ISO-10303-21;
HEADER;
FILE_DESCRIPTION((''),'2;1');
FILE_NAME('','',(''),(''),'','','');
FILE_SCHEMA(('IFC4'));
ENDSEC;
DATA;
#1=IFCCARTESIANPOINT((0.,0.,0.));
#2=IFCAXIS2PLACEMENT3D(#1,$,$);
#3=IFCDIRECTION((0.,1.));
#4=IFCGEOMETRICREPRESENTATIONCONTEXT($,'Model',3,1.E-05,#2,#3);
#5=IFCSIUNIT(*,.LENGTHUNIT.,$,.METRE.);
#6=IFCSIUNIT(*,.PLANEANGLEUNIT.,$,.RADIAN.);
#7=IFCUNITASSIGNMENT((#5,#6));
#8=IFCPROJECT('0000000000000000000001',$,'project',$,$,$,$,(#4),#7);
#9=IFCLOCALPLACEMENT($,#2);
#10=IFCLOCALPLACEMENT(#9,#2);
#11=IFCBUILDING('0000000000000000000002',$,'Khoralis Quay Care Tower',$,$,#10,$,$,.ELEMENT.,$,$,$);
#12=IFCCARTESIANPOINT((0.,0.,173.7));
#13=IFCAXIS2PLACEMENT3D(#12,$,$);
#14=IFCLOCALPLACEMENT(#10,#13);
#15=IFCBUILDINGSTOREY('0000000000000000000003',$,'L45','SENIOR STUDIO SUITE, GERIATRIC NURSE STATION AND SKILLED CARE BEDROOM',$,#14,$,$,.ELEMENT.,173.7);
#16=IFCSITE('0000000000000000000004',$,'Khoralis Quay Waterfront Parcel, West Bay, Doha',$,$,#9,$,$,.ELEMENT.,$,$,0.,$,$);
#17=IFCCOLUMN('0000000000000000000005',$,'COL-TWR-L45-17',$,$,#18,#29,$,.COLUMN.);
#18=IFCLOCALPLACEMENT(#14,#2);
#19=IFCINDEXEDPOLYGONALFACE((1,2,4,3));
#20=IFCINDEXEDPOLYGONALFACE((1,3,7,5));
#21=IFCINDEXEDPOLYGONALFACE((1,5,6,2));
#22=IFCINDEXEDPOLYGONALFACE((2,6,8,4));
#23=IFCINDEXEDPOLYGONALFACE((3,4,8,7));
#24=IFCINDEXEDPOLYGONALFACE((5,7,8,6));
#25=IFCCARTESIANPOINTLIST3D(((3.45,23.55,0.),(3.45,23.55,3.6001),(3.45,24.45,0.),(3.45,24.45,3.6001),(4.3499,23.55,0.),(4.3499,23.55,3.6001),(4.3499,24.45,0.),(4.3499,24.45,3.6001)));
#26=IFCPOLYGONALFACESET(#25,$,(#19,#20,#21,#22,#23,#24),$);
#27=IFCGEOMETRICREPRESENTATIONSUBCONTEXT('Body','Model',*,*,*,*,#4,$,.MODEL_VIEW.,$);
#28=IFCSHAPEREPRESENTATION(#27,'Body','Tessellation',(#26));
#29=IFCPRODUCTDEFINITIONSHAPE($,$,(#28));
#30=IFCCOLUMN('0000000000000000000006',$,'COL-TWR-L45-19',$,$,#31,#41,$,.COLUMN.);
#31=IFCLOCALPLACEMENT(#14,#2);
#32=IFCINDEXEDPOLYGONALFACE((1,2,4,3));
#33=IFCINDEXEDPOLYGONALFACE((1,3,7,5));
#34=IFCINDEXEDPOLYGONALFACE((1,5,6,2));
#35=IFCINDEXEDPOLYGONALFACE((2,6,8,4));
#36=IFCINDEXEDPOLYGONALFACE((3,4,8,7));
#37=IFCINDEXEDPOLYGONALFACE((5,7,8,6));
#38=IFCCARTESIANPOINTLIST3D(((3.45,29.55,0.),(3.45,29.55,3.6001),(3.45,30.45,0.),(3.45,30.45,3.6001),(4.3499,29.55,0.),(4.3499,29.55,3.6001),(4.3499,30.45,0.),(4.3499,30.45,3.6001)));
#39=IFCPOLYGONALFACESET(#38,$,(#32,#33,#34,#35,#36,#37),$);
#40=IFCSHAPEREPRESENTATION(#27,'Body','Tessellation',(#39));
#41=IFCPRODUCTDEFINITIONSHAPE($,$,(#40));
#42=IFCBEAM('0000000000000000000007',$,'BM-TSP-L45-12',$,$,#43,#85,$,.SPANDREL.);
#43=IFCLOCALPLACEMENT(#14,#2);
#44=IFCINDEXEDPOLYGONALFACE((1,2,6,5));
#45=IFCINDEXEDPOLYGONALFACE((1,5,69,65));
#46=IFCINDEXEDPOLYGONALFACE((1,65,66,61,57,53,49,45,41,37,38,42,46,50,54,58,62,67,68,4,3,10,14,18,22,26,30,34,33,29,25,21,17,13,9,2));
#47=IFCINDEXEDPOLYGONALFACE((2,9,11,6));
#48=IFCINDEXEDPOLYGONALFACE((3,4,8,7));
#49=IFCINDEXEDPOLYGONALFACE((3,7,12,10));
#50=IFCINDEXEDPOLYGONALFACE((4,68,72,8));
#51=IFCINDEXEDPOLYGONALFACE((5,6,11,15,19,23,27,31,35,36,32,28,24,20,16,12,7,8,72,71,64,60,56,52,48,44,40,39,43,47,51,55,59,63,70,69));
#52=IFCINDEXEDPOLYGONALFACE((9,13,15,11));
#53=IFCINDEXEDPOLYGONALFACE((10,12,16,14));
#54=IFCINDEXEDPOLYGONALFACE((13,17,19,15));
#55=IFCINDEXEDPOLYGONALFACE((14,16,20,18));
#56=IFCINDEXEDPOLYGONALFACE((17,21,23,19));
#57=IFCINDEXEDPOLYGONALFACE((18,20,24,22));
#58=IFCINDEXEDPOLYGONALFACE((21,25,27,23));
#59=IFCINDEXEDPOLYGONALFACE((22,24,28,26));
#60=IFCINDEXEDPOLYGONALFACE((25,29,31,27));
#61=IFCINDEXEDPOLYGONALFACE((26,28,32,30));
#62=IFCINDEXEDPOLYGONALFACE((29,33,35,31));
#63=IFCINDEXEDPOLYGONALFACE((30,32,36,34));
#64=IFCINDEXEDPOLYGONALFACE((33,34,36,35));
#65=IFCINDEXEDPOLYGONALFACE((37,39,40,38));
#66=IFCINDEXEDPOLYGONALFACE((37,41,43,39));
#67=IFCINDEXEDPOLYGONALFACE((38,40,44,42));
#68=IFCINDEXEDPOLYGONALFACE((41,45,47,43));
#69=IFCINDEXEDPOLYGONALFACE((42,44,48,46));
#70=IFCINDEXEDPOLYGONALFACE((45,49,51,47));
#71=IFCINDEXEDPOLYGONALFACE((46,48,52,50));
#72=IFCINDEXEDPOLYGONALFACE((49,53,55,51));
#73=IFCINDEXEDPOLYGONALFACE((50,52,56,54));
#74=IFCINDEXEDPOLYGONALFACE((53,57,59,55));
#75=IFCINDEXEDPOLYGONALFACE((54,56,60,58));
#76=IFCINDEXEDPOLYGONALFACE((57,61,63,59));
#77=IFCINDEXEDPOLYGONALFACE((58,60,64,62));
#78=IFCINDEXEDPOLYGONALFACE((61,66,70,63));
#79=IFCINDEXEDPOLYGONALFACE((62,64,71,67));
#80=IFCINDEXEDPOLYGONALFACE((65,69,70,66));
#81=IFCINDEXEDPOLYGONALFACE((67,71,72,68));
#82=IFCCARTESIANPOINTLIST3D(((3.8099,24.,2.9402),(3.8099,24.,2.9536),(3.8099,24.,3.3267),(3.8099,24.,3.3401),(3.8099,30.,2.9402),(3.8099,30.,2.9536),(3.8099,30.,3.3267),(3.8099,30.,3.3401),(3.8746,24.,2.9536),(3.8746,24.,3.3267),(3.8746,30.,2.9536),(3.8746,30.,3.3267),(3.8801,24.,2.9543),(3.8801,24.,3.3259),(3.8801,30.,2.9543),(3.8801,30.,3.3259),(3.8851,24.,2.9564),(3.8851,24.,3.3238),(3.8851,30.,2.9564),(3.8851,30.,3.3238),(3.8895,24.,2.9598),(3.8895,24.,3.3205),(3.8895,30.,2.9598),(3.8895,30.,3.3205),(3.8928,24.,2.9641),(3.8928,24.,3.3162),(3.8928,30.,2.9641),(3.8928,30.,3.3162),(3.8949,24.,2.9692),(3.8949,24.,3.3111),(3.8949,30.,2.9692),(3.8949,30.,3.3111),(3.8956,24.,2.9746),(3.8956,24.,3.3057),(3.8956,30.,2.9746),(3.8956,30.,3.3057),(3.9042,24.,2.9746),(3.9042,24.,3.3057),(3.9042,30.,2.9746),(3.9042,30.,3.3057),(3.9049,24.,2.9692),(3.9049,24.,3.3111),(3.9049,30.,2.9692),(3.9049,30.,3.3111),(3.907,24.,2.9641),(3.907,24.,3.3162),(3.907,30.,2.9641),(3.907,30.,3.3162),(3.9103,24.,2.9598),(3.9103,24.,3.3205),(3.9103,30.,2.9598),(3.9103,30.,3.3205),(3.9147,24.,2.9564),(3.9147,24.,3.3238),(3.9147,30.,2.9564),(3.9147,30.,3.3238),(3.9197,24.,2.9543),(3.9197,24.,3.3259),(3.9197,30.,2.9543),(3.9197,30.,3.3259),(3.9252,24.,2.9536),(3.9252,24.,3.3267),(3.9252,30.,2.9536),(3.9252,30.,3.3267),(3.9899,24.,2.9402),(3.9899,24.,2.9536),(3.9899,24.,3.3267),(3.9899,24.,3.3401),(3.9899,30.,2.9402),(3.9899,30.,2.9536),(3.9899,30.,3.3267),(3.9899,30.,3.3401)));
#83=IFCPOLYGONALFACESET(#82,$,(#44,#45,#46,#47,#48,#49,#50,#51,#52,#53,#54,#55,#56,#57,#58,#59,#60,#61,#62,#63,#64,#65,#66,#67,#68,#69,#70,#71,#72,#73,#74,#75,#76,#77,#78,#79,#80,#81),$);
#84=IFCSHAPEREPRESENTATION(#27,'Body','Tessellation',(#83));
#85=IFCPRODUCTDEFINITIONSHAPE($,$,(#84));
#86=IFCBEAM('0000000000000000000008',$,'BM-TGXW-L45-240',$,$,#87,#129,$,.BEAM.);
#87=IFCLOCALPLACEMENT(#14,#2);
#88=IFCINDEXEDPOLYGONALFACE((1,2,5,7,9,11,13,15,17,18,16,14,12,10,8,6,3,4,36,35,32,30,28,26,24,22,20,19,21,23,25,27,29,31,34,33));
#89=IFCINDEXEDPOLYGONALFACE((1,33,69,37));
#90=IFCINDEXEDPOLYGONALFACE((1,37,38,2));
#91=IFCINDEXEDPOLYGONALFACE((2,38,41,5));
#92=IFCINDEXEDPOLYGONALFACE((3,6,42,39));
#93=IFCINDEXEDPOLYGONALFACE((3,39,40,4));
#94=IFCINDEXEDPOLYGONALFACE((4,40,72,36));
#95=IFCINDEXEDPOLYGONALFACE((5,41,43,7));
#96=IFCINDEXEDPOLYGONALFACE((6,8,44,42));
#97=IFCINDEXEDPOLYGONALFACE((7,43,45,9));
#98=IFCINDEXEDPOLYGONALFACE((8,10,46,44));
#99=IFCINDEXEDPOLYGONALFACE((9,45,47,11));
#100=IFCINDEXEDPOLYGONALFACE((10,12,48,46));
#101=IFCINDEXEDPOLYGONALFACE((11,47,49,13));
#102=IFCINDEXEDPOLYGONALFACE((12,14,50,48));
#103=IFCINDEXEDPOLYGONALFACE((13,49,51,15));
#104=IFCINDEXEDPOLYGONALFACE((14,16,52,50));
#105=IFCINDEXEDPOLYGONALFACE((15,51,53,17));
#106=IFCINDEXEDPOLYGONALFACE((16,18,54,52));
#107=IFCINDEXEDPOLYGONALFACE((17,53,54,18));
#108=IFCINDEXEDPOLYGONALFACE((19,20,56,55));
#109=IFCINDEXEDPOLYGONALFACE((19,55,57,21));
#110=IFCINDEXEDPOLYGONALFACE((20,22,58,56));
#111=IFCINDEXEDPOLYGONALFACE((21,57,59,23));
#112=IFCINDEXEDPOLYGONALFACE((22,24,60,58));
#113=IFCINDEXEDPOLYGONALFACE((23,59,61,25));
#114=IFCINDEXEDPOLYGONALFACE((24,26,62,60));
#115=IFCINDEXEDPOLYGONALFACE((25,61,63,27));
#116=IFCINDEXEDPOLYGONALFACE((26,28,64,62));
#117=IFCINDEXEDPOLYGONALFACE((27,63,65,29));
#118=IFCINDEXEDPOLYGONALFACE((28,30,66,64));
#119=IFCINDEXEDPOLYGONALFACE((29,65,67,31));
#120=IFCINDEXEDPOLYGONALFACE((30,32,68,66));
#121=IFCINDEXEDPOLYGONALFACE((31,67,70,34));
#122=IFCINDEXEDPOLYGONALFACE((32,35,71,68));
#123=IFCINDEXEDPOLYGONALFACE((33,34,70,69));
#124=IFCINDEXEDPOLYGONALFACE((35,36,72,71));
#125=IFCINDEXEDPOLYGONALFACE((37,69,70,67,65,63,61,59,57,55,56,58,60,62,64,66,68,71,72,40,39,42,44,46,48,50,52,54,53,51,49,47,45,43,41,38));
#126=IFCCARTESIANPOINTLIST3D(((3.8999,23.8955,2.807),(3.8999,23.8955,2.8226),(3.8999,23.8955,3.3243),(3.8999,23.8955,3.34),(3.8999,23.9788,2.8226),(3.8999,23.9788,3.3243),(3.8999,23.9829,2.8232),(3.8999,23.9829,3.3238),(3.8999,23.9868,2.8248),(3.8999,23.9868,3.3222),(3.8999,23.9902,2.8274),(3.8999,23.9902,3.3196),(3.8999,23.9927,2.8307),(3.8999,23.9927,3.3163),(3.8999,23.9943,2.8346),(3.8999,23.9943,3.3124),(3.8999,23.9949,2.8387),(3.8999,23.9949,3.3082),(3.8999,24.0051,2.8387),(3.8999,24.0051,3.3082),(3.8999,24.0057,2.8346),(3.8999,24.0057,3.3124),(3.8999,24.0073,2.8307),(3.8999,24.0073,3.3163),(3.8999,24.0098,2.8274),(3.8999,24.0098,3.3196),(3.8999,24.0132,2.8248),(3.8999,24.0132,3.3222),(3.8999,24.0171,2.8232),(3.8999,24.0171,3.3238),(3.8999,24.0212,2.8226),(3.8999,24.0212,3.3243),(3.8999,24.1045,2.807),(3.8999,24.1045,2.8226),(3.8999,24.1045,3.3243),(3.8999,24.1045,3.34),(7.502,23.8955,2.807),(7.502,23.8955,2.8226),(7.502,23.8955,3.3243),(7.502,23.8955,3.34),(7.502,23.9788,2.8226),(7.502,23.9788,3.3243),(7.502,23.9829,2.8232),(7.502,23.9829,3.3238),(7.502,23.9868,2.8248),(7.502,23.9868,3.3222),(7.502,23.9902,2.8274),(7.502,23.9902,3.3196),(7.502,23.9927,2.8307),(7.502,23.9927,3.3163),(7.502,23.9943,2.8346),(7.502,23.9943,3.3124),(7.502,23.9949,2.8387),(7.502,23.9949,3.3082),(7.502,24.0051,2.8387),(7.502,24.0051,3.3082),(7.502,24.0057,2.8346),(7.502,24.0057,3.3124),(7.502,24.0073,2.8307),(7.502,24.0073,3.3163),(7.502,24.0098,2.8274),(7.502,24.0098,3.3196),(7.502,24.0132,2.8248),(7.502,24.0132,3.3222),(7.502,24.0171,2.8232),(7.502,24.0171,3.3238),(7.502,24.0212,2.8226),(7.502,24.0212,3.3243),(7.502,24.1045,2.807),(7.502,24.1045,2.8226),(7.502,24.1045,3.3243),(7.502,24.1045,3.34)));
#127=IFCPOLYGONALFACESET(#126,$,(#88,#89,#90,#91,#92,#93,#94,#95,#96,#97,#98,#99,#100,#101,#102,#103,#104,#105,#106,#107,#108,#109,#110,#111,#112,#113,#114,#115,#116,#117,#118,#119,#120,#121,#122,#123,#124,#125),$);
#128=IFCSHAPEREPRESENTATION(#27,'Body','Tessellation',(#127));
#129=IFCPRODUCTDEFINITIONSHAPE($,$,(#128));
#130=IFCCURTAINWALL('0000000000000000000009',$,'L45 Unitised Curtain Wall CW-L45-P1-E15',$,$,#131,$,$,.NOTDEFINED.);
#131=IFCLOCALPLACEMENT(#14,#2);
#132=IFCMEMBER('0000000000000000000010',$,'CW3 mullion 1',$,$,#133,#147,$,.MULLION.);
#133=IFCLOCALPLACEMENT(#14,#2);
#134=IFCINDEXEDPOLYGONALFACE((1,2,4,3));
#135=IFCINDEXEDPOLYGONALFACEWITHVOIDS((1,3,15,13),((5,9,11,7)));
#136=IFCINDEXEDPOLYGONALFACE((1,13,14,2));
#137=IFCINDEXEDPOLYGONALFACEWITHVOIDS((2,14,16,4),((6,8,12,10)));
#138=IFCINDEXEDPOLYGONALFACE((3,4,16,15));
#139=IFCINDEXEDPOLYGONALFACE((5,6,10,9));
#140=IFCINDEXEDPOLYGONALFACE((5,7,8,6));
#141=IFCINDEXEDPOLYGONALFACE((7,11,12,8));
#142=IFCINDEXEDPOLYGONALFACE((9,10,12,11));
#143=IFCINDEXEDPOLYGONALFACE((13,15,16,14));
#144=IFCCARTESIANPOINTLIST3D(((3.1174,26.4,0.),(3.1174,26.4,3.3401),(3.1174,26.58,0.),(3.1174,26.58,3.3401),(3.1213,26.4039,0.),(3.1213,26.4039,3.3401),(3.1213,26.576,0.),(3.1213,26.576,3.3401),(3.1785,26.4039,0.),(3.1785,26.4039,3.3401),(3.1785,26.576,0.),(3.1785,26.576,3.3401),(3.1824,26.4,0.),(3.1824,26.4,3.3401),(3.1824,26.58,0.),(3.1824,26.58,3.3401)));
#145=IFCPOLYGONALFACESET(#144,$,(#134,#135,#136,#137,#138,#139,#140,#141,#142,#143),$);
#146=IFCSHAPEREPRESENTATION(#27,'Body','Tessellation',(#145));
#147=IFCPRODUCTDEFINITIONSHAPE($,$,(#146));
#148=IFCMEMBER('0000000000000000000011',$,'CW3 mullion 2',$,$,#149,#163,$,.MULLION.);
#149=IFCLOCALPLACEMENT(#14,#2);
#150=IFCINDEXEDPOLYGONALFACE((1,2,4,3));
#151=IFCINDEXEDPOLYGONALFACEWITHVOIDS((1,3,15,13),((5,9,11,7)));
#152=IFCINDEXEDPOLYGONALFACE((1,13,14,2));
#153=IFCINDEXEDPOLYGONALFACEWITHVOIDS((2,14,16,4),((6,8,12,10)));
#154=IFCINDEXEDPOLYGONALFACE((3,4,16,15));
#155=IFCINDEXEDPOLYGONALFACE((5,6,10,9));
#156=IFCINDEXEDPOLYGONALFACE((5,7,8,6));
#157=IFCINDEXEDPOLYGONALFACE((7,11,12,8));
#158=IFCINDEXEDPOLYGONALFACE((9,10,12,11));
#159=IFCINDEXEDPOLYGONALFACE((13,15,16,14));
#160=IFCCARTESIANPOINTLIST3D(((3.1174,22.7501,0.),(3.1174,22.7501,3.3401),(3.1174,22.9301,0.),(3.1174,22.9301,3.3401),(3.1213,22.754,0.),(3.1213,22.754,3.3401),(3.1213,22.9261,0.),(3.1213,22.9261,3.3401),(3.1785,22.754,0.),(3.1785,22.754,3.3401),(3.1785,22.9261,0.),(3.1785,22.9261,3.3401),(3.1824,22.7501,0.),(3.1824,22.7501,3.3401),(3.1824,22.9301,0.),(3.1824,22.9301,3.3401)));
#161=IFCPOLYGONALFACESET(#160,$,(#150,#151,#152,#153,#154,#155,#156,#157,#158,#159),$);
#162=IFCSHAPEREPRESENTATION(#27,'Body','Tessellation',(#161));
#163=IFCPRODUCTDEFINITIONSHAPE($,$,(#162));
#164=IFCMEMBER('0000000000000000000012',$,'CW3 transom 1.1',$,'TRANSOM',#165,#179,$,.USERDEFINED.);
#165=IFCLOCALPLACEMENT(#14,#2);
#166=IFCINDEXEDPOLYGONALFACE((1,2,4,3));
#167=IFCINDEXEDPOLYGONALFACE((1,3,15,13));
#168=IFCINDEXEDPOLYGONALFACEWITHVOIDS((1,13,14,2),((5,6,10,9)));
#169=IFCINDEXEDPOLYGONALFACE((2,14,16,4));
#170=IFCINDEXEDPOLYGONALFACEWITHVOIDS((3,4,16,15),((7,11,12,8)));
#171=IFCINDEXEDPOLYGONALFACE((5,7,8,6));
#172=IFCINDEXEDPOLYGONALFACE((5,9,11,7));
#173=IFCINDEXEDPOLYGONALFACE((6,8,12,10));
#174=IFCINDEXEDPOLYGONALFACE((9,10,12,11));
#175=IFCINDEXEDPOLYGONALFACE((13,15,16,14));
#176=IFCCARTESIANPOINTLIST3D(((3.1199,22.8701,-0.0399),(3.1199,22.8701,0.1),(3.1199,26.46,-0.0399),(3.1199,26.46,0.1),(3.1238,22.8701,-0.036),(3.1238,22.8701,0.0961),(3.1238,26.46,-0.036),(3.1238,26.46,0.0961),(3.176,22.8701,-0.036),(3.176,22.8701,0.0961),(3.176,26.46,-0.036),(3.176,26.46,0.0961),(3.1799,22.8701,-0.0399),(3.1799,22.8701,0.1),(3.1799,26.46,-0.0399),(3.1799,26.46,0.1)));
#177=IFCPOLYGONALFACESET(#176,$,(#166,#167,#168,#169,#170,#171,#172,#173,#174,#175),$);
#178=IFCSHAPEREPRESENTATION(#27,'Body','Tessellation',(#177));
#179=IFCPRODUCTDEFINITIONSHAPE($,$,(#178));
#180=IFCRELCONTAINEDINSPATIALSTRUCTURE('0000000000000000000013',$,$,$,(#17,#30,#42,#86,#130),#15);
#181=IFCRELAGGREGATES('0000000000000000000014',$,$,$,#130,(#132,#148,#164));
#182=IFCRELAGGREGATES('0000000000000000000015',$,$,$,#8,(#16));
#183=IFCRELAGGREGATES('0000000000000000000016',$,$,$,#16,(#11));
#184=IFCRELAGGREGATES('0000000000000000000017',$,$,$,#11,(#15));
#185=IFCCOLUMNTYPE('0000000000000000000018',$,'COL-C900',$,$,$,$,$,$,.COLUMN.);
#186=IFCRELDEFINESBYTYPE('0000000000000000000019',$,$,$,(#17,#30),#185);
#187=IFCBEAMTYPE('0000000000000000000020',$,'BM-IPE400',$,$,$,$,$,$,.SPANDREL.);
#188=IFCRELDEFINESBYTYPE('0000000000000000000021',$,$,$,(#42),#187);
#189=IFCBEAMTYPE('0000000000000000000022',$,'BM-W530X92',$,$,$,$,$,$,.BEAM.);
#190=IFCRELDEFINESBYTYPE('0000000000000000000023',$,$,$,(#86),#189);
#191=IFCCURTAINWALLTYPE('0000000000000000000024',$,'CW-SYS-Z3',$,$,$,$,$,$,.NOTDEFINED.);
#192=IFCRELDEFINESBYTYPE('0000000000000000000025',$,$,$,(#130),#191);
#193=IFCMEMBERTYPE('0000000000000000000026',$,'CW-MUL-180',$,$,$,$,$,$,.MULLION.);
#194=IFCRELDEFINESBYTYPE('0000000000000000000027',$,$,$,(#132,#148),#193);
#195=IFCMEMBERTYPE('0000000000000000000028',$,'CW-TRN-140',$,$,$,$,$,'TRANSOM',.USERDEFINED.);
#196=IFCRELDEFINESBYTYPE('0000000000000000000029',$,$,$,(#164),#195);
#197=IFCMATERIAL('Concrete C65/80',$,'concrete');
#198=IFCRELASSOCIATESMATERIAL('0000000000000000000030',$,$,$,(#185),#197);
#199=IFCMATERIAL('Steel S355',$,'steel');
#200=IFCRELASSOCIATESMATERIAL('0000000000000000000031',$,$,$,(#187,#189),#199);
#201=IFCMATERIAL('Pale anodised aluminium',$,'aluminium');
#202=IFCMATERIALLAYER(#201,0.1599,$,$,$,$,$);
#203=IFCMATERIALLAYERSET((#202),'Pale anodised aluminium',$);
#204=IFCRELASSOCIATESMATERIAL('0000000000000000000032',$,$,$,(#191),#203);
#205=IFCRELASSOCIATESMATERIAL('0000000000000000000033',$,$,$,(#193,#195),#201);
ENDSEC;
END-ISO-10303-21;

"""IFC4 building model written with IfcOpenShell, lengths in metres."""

from ifc_helpers import new_model, si_unit, direction, frame, origin, origin_2d, place, context, subcontext, project, spatial, rectangle, hollow_rectangle, i_section, extrude, source, transform, mapped, material, layer, layer_set, material_profile, profile_set, type_object, element, aggregate, save


model = new_model("IFC4")

# Units and contexts
model_context = context("Model", 3, precision=1e-05, world=origin(), true_north=direction((0.0, 1.0)))
body_context = subcontext(model_context, "Body", "Model", "MODEL_VIEW")
ifc_project = project(units=[si_unit("LENGTHUNIT", "METRE"), si_unit("PLANEANGLEUNIT", "RADIAN")], contexts=[model_context])

# Site, building, storey
site_placement = place(None, origin())
site = spatial("IfcSite", under=ifc_project, at=site_placement, Name="Khoralis Quay Waterfront Parcel, West Bay, Doha", CompositionType="ELEMENT", RefElevation=0.0)
building_placement = place(site_placement, origin())
building = spatial("IfcBuilding", under=site, at=building_placement, Name="Khoralis Quay Care Tower", CompositionType="ELEMENT")
storey_placement = place(building_placement, frame((0.0, 0.0, 173.7)))
storey = spatial("IfcBuildingStorey", under=building, at=storey_placement, Name="L45", Description="SENIOR STUDIO SUITE, GERIATRIC NURSE STATION AND SKILLED CARE BEDROOM", CompositionType="ELEMENT", Elevation=173.7)

# Columns
ifc_material_1 = material(Name="Concrete C65/80", Category="concrete")
ifc_material_profile_1 = material_profile(ifc_material_1, rectangle(XDim=0.8999, YDim=0.8999, at=origin_2d()), Name="Concrete C65/80")
ifc_profile_set_1 = profile_set([ifc_material_profile_1], Name="Concrete C65/80")
column_type = type_object("IfcColumnType", Name="COL-C900", PredefinedType="COLUMN", material=ifc_profile_set_1)
shared_shape_1 = source(origin(), body_context, "Body", "SweptSolid", [
    extrude(rectangle(XDim=0.8999, YDim=0.8999, at=origin_2d()), origin(), (0.0, 0.0, 1.0), 3.6001),
])
for number, where, z_axis, x_axis, name in (
    (1, (3.8999, 24.0, 0.0), (0.0, 0.0, 1.0), (1.0, 0.0, 0.0), "COL-TWR-L45-17"),
    (2, (3.8999, 30.0, 0.0), (0.0, 0.0, 1.0), (1.0, 0.0, 0.0), "COL-TWR-L45-19"),
):
    element("IfcColumn", number, at=place(storey_placement, frame(where, z_axis=z_axis, x_axis=x_axis)), inside=storey, type_object=column_type, Name=name, PredefinedType="COLUMN", context=body_context, shape_type="MappedRepresentation", body=[
        mapped(shared_shape_1, transform((0.0, 0.0, 0.0), scale=1.0)),
    ])

# Beams
ifc_material_2 = material(Name="Steel S355", Category="steel")
ifc_material_profile_2 = material_profile(ifc_material_2, i_section(OverallWidth=0.1799, OverallDepth=0.3999, WebThickness=0.0085, FlangeThickness=0.0134, FilletRadius=0.021, at=origin_2d()), Name="Steel S355")
ifc_profile_set_2 = profile_set([ifc_material_profile_2], Name="Steel S355")
beam_type_1 = type_object("IfcBeamType", Name="BM-IPE400", PredefinedType="SPANDREL", material=ifc_profile_set_2)
shared_shape_2 = source(origin(), body_context, "Body", "SweptSolid", [
    extrude(i_section(OverallWidth=0.1799, OverallDepth=0.3999, WebThickness=0.0085, FlangeThickness=0.0134, FilletRadius=0.021, at=origin_2d()), origin(), (0.0, 0.0, 1.0), 6.0),
])
beam_1_placement = place(storey_placement, frame((3.8999, 24.0, 3.1401), z_axis=(0.0, 1.0, 0.0), x_axis=(-1.0, 0.0, 0.0)))
element("IfcBeam", 3, at=beam_1_placement, inside=storey, type_object=beam_type_1, Name="BM-TSP-L45-12", PredefinedType="SPANDREL", context=body_context, shape_type="MappedRepresentation", body=[
    mapped(shared_shape_2, transform((0.0, 0.0, 0.0), scale=1.0)),
])
ifc_material_profile_3 = material_profile(ifc_material_2, i_section(OverallWidth=0.209, OverallDepth=0.533, WebThickness=0.0103, FlangeThickness=0.0156, FilletRadius=0.0161, at=origin_2d()), Name="Steel S355")
ifc_profile_set_3 = profile_set([ifc_material_profile_3], Name="Steel S355")
beam_type_2 = type_object("IfcBeamType", Name="BM-W530X92", PredefinedType="BEAM", material=ifc_profile_set_3)
shared_shape_3 = source(origin(), body_context, "Body", "SweptSolid", [
    extrude(i_section(OverallWidth=0.209, OverallDepth=0.533, WebThickness=0.0103, FlangeThickness=0.0156, FilletRadius=0.0161, at=origin_2d()), origin(), (0.0, 0.0, 1.0), 3.6021),
])
beam_2_placement = place(storey_placement, frame((3.8999, 24.0, 3.0735), z_axis=(1.0, 0.0, 0.0), x_axis=(0.0, 1.0, 0.0)))
element("IfcBeam", 4, at=beam_2_placement, inside=storey, type_object=beam_type_2, Name="BM-TGXW-L45-240", PredefinedType="BEAM", context=body_context, shape_type="MappedRepresentation", body=[
    mapped(shared_shape_3, transform((0.0, 0.0, 0.0), scale=1.0)),
])

# Curtain wall, members
ifc_material_3 = material(Name="Pale anodised aluminium", Category="aluminium")
ifc_layer_1 = layer(ifc_material_3, 0.1599)
ifc_layer_set_1 = layer_set([ifc_layer_1], Name="Pale anodised aluminium")
curtain_wall_type = type_object("IfcCurtainWallType", Name="CW-SYS-Z3", PredefinedType="NOTDEFINED", material=ifc_layer_set_1)
curtain_wall_placement = place(storey_placement, origin())
curtain_wall = element("IfcCurtainWall", 5, at=curtain_wall_placement, inside=storey, type_object=curtain_wall_type, Name="L45 Unitised Curtain Wall CW-L45-P1-E15", PredefinedType="NOTDEFINED")
ifc_material_profile_4 = material_profile(ifc_material_3, hollow_rectangle(XDim=0.0649, YDim=0.1799, WallThickness=0.0039, at=origin_2d()), Name="Pale anodised aluminium")
ifc_profile_set_4 = profile_set([ifc_material_profile_4], Name="Pale anodised aluminium")
member_type_1 = type_object("IfcMemberType", Name="CW-MUL-180", PredefinedType="MULLION", material=ifc_profile_set_4)
shared_shape_4 = source(origin(), body_context, "Body", "SweptSolid", [
    extrude(hollow_rectangle(XDim=0.0649, YDim=0.1799, WallThickness=0.0039, at=origin_2d()), origin(), (0.0, 0.0, 1.0), 3.3401),
])
member_1_placement = place(storey_placement, frame((3.1499, 26.49, 0.0), z_axis=(0.0, 0.0, 1.0), x_axis=(1.0, 0.0, 0.0)))
member_1 = element("IfcMember", 6, at=member_1_placement, type_object=member_type_1, Name="CW3 mullion 1", PredefinedType="MULLION", context=body_context, shape_type="MappedRepresentation", body=[
    mapped(shared_shape_4, transform((0.0, 0.0, 0.0), scale=1.0)),
])
member_2_placement = place(storey_placement, frame((3.1499, 22.8401, 0.0), z_axis=(0.0, 0.0, 1.0), x_axis=(1.0, 0.0, 0.0)))
member_2 = element("IfcMember", 7, at=member_2_placement, type_object=member_type_1, Name="CW3 mullion 2", PredefinedType="MULLION", context=body_context, shape_type="MappedRepresentation", body=[
    mapped(shared_shape_4, transform((0.0, 0.0, 0.0), scale=1.0)),
])
ifc_material_profile_5 = material_profile(ifc_material_3, hollow_rectangle(XDim=0.0601, YDim=0.1399, WallThickness=0.0039, at=origin_2d()), Name="Pale anodised aluminium")
ifc_profile_set_5 = profile_set([ifc_material_profile_5], Name="Pale anodised aluminium")
member_type_2 = type_object("IfcMemberType", Name="CW-TRN-140", ElementType="TRANSOM", PredefinedType="USERDEFINED", material=ifc_profile_set_5)
shared_shape_5 = source(origin(), body_context, "Body", "SweptSolid", [
    extrude(hollow_rectangle(XDim=0.0601, YDim=0.1399, WallThickness=0.0039, at=origin_2d()), origin(), (0.0, 0.0, 1.0), 3.5898),
])
member_3_placement = place(storey_placement, frame((3.1499, 26.46, 0.03), z_axis=(0.0, -1.0, 0.0), x_axis=(1.0, 0.0, 0.0)))
member_3 = element("IfcMember", 8, at=member_3_placement, type_object=member_type_2, Name="CW3 transom 1.1", ObjectType="TRANSOM", PredefinedType="USERDEFINED", context=body_context, shape_type="MappedRepresentation", body=[
    mapped(shared_shape_5, transform((0.0, 0.0, 0.0), scale=1.0)),
])
aggregate(curtain_wall, [member_1, member_2, member_3])

save(model, "model.ifc")
